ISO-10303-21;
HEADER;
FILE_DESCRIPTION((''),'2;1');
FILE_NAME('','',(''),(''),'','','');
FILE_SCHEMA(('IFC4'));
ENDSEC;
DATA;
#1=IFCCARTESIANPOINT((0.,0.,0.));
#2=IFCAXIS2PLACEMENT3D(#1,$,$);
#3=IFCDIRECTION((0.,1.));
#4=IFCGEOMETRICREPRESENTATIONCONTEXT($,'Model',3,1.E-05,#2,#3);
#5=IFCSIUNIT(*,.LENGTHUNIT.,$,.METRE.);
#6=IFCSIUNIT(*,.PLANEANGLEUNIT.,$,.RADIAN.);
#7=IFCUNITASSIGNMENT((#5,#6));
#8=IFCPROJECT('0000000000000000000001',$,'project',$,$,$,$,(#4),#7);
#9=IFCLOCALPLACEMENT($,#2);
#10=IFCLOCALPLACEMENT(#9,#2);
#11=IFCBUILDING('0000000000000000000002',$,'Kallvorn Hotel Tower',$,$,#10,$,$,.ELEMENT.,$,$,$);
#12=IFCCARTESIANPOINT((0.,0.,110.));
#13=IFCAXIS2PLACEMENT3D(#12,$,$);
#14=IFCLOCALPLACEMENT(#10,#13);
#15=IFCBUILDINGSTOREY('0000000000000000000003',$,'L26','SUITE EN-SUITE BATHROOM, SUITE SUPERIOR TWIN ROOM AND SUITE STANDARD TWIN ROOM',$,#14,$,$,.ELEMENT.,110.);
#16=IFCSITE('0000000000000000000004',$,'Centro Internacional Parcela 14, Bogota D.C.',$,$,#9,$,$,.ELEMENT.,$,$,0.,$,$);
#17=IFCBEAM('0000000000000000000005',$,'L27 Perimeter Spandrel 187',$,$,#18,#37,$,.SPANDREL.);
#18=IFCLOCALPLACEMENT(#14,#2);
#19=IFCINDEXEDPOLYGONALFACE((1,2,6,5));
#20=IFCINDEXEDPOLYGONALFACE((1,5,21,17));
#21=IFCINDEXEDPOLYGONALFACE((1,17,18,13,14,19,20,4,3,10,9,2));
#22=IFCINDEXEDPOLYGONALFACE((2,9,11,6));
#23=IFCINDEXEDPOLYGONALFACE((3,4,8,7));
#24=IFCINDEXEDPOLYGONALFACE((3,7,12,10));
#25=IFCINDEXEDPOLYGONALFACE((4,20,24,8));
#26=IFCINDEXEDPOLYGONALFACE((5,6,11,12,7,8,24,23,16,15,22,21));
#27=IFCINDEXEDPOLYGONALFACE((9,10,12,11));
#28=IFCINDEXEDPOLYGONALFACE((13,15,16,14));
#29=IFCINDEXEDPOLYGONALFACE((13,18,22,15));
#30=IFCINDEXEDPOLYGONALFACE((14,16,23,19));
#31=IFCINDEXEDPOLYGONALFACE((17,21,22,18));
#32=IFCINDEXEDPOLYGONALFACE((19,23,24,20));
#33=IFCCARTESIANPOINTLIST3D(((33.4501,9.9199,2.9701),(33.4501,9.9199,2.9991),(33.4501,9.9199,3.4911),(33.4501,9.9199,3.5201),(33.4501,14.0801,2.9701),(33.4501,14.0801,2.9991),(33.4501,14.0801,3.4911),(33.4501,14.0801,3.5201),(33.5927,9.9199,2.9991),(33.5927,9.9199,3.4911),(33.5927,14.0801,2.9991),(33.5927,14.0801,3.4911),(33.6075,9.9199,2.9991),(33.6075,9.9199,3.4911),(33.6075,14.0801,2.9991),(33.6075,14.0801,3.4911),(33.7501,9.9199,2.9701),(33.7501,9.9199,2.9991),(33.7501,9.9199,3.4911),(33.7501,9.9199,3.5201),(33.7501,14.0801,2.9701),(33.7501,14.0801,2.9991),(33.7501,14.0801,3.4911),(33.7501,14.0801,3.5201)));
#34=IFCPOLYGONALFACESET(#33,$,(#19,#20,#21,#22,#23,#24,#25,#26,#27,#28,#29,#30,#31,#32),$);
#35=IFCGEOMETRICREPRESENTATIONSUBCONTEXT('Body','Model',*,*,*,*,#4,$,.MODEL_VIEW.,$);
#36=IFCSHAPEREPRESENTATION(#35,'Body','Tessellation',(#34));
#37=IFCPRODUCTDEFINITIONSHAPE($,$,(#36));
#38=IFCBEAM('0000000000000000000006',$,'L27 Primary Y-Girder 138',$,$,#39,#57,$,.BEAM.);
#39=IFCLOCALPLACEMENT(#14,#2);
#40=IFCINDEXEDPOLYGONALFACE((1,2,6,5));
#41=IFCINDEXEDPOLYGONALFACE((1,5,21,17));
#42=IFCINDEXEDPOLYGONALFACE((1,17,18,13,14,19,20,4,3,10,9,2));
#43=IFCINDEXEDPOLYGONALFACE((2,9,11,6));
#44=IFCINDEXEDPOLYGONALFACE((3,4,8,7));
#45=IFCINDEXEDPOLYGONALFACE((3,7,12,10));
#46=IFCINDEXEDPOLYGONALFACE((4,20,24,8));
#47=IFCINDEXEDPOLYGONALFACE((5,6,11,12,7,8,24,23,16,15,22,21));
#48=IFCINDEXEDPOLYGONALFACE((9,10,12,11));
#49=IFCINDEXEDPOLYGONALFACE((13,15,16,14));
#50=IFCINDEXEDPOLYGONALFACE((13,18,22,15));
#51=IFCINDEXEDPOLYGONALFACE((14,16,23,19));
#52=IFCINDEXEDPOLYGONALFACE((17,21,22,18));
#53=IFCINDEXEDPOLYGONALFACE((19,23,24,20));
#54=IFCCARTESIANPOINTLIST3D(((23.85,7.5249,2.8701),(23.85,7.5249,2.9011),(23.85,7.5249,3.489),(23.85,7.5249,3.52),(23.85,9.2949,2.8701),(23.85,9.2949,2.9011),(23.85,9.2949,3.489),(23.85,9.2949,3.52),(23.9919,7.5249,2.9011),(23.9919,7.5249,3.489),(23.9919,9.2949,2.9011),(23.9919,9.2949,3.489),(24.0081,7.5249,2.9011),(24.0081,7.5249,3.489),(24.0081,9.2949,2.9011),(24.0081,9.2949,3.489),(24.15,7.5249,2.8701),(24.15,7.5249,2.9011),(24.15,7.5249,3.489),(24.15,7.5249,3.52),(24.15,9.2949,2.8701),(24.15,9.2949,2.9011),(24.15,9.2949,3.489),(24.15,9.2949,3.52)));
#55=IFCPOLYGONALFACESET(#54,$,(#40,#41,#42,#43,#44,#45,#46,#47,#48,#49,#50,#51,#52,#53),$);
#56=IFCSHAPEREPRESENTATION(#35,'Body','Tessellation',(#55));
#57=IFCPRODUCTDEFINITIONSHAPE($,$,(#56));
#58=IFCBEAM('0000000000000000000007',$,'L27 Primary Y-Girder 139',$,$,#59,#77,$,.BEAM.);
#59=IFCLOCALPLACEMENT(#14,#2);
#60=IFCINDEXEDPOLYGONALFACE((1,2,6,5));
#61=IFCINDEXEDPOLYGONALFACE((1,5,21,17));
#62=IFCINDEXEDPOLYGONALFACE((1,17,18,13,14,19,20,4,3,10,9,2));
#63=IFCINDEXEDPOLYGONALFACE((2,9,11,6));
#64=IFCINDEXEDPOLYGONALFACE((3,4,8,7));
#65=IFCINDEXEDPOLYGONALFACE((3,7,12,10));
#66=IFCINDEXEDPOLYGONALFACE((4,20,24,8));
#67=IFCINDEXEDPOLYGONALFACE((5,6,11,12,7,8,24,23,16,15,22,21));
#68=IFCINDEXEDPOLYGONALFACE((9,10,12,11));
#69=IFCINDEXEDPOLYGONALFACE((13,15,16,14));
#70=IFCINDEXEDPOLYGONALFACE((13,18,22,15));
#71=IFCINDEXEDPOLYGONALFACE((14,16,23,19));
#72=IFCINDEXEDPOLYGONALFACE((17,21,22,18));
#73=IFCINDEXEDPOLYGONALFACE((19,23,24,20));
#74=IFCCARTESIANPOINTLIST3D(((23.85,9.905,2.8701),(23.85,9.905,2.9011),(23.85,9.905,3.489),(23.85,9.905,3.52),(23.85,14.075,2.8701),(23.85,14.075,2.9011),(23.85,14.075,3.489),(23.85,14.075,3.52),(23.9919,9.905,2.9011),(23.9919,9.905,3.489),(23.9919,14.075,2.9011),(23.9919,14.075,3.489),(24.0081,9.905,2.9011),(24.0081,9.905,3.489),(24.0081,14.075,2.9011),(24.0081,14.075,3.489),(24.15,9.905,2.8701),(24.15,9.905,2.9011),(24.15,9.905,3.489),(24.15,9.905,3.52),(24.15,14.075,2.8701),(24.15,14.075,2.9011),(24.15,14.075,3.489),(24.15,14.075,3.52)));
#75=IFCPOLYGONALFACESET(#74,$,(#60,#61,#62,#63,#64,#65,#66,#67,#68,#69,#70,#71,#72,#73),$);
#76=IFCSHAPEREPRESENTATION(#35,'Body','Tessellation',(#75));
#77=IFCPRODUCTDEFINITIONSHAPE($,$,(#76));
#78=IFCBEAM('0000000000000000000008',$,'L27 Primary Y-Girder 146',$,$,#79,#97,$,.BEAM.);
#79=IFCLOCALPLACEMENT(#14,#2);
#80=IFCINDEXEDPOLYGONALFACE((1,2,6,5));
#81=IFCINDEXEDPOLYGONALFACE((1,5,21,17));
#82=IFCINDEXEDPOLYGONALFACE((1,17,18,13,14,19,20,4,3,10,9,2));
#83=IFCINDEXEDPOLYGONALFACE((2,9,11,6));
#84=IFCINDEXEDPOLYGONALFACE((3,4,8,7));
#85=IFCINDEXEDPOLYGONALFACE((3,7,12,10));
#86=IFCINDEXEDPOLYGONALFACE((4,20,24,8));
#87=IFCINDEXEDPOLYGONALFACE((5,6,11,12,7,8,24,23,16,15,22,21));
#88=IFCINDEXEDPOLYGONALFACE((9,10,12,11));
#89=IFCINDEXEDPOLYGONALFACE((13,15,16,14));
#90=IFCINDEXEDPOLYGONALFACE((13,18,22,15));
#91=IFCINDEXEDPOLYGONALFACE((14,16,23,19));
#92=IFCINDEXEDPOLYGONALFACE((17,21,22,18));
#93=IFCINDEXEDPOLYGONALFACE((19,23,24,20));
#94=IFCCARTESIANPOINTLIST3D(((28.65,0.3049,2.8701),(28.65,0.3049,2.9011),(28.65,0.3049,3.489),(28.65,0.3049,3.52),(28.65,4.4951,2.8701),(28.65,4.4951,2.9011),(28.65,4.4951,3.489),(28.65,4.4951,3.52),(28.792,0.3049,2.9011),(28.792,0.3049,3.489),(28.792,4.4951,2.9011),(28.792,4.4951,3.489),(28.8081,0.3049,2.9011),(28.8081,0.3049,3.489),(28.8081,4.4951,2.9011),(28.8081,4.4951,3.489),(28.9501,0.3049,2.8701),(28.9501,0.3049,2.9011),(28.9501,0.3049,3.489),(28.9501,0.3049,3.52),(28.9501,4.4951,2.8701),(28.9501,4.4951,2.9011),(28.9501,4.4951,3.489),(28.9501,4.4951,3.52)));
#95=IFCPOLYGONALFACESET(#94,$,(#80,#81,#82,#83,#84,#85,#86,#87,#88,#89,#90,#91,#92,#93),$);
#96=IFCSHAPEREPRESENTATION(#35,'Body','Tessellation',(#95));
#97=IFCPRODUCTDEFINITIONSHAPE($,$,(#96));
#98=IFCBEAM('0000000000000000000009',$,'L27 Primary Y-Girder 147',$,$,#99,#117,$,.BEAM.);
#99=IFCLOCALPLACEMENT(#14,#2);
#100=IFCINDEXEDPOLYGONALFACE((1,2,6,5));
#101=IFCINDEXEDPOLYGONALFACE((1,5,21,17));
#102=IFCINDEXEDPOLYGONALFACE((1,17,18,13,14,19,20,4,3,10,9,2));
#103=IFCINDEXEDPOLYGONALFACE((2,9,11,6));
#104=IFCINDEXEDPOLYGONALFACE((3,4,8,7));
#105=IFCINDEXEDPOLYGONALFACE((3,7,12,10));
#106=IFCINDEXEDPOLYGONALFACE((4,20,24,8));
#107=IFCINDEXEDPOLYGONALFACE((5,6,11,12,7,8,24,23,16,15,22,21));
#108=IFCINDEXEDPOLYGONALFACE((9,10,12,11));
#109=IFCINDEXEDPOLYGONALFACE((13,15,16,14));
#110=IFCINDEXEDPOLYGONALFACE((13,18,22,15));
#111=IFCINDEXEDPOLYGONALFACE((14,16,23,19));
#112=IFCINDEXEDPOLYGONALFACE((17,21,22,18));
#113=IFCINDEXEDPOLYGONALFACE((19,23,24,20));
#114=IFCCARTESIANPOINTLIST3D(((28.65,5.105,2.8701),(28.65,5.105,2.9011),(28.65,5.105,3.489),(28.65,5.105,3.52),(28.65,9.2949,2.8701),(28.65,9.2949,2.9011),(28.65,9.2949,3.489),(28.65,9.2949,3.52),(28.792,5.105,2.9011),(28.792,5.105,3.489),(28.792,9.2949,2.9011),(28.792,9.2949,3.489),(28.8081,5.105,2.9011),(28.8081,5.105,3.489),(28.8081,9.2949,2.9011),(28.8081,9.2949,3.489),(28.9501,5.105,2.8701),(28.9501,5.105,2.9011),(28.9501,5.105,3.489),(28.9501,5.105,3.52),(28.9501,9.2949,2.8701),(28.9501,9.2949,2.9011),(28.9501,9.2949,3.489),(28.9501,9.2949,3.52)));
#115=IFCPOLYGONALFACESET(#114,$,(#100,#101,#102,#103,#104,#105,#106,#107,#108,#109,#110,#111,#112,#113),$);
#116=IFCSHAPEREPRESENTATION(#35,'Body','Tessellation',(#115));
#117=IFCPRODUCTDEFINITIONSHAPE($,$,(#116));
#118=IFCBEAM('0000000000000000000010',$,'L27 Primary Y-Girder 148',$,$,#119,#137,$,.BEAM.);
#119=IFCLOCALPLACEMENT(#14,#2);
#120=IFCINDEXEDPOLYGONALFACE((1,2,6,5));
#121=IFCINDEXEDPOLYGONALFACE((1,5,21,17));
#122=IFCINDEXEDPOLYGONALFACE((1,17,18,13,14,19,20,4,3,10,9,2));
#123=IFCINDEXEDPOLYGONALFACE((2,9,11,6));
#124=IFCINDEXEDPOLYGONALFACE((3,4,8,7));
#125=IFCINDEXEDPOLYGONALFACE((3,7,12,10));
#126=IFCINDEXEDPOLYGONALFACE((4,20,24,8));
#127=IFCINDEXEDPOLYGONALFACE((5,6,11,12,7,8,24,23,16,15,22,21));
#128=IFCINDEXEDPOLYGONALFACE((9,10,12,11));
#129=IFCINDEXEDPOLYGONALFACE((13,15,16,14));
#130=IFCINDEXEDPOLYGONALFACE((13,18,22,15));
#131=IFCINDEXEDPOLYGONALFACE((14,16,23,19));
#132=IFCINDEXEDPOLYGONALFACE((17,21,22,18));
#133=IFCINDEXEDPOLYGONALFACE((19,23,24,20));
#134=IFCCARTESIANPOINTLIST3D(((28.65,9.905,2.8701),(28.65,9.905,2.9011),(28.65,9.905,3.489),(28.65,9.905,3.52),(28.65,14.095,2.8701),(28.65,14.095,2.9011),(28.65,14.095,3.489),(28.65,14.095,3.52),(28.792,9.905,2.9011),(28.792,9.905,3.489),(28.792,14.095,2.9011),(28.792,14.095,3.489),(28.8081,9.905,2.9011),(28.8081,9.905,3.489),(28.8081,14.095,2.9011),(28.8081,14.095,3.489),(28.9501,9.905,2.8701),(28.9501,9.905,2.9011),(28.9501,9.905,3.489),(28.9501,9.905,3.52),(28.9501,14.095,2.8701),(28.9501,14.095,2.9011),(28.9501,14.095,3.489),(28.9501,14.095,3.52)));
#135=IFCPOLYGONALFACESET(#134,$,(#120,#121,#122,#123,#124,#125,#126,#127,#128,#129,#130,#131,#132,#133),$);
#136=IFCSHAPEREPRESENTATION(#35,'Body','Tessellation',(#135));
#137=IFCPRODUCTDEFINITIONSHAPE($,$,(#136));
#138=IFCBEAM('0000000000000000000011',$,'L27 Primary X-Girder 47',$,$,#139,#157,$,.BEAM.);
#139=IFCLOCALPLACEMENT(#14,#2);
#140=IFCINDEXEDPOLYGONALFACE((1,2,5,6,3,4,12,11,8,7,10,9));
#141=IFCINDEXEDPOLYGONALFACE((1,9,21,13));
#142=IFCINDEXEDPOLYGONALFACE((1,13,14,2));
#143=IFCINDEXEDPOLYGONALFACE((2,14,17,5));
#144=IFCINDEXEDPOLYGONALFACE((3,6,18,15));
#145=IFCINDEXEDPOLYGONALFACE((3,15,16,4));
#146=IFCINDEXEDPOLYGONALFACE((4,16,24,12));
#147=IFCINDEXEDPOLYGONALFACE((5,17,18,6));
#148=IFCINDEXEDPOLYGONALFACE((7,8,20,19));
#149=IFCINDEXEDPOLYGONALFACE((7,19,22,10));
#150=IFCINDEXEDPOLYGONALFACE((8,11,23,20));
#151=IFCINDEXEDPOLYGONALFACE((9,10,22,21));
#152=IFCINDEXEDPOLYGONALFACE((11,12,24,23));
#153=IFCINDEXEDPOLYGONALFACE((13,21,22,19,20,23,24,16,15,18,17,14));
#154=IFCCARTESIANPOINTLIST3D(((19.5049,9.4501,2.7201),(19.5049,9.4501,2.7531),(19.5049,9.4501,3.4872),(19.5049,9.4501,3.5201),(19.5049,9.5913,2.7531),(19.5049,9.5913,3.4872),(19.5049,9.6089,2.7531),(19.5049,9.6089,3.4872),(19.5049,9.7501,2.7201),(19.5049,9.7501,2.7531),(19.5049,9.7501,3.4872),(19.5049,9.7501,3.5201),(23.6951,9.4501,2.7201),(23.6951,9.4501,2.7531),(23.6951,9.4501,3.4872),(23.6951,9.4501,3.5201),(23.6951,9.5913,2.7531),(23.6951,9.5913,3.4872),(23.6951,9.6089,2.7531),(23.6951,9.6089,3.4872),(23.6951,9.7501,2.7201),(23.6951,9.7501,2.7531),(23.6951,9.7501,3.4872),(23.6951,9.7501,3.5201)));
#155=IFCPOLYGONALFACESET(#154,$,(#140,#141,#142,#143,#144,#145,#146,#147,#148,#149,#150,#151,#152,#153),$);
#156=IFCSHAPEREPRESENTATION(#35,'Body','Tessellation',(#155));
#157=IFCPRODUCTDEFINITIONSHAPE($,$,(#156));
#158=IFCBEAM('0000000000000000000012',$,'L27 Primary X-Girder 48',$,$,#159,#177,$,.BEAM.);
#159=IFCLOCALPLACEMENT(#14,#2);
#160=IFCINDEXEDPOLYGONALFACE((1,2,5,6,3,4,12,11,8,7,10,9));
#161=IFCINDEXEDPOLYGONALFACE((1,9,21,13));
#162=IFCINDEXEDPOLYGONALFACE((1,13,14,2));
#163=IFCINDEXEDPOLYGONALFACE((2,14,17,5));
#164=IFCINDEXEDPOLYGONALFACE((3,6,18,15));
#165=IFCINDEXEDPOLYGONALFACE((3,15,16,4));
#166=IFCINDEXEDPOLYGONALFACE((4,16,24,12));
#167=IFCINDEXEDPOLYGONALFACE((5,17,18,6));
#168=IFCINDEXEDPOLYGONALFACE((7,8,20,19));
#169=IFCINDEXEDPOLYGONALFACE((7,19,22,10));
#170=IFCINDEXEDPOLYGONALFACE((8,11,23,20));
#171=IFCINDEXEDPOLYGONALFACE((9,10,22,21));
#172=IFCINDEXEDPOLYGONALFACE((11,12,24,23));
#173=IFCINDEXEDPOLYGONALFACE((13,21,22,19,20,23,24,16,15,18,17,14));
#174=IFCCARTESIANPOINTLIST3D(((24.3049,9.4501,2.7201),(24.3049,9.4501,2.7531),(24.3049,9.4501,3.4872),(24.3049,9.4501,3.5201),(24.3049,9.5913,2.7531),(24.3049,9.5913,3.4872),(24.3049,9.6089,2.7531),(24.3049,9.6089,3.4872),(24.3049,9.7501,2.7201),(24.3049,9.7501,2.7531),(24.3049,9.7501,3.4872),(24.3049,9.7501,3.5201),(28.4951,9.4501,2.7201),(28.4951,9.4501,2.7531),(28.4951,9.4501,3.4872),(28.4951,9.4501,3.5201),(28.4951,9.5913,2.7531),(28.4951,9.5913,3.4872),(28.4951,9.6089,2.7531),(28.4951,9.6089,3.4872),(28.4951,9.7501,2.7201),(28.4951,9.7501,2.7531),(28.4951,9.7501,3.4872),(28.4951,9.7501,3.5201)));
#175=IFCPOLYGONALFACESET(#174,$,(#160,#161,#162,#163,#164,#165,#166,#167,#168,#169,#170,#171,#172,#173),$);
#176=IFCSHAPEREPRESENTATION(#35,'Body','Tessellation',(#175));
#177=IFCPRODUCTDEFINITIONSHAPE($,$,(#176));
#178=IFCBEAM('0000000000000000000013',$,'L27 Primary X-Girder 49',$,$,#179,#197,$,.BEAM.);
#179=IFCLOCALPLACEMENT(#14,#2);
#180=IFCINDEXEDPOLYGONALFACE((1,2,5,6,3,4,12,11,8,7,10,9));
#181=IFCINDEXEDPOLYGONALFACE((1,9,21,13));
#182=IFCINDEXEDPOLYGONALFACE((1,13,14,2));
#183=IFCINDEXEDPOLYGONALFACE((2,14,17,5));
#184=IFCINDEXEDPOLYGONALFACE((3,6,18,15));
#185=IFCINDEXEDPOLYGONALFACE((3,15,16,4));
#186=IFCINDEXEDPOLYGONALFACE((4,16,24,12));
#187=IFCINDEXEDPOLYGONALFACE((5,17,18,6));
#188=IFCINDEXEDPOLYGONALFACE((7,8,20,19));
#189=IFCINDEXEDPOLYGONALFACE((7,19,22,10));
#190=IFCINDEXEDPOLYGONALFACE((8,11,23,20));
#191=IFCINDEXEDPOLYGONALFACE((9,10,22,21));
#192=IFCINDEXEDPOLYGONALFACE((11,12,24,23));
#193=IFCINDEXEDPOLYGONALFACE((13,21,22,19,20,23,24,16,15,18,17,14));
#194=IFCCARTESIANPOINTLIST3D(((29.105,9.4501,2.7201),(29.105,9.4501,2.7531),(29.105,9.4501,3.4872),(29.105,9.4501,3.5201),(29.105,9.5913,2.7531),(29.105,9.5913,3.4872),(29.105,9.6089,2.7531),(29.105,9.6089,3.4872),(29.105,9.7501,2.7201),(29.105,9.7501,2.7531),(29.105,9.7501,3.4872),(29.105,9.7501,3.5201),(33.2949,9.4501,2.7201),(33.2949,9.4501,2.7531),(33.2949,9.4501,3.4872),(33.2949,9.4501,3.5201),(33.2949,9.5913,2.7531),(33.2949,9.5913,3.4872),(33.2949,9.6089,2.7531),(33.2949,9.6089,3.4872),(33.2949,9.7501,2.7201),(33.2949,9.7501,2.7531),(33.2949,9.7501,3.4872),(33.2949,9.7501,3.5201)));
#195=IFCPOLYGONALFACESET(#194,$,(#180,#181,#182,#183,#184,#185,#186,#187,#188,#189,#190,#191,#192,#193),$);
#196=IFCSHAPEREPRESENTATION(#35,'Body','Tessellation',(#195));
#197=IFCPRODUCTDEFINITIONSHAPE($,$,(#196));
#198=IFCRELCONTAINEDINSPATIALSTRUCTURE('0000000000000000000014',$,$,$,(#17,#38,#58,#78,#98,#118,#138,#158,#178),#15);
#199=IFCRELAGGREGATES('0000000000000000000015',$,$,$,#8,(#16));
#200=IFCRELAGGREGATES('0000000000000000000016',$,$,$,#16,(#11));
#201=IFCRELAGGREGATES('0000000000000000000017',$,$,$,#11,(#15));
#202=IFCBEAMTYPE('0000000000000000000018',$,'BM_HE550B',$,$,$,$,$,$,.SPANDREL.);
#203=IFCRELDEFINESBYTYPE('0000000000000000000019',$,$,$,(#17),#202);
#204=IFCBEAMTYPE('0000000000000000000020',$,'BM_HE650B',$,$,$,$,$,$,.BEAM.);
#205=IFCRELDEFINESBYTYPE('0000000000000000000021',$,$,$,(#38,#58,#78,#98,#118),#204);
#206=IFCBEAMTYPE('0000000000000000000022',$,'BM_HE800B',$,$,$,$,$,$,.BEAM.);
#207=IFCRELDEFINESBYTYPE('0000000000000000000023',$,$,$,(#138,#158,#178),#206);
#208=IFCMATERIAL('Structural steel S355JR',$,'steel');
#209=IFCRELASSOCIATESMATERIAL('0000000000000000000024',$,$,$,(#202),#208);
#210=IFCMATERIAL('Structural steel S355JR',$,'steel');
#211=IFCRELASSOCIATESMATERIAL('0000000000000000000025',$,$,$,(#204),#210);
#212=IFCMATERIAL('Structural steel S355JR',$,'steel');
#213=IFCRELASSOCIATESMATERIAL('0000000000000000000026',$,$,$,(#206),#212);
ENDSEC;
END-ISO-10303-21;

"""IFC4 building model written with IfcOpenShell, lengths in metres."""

from ifc_helpers import new_model, si_unit, direction, frame, origin, origin_2d, place, context, subcontext, project, spatial, i_section, extrude, material, material_profile, profile_set, type_object, element, save


model = new_model("IFC4")

# Units and contexts
model_context = context("Model", 3, precision=1e-05, world=origin(), true_north=direction((0.0, 1.0)))
body_context = subcontext(model_context, "Body", "Model", "MODEL_VIEW")
ifc_project = project(units=[si_unit("LENGTHUNIT", "METRE"), si_unit("PLANEANGLEUNIT", "RADIAN")], contexts=[model_context])

# Site, building, storey
site_placement = place(None, origin())
site = spatial("IfcSite", under=ifc_project, at=site_placement, Name="Centro Internacional Parcela 14, Bogota D.C.", CompositionType="ELEMENT", RefElevation=0.0)
building_placement = place(site_placement, origin())
building = spatial("IfcBuilding", under=site, at=building_placement, Name="Kallvorn Hotel Tower", CompositionType="ELEMENT")
storey_placement = place(building_placement, frame((0.0, 0.0, 110.0)))
storey = spatial("IfcBuildingStorey", under=building, at=storey_placement, Name="L26", Description="SUITE EN-SUITE BATHROOM, SUITE SUPERIOR TWIN ROOM AND SUITE STANDARD TWIN ROOM", CompositionType="ELEMENT", Elevation=110.0)

# Beams
ifc_material_1 = material(Name="Structural steel S355JR", Category="steel")
ifc_material_profile_1 = material_profile(ifc_material_1, i_section(OverallWidth=0.3, OverallDepth=0.55, WebThickness=0.0149, FlangeThickness=0.0291, at=origin_2d()), Name="HE 550 B")
ifc_profile_set_1 = profile_set([ifc_material_profile_1], Name="Structural steel S355JR")
beam_type_1 = type_object("IfcBeamType", Name="BM_HE550B", PredefinedType="SPANDREL", material=ifc_profile_set_1)
beam_1_placement = place(storey_placement, frame((33.6001, 9.9199, 3.2451), z_axis=(0.0, 1.0, 0.0), x_axis=(-1.0, 0.0, 0.0)))
element("IfcBeam", 1, at=beam_1_placement, inside=storey, type_object=beam_type_1, Name="L27 Perimeter Spandrel 187", PredefinedType="SPANDREL", context=body_context, shape_type="SweptSolid", body=[
    extrude(i_section(OverallWidth=0.3, OverallDepth=0.55, WebThickness=0.0149, FlangeThickness=0.0291, at=origin_2d()), origin(), (0.0, 0.0, 1.0), 4.1602),
])
ifc_material_2 = material(Name="Structural steel S355JR", Category="steel")
ifc_material_profile_2 = material_profile(ifc_material_2, i_section(OverallWidth=0.3, OverallDepth=0.6499, WebThickness=0.0161, FlangeThickness=0.031, at=origin_2d()), Name="HE 650 B")
ifc_profile_set_2 = profile_set([ifc_material_profile_2], Name="Structural steel S355JR")
beam_type_2 = type_object("IfcBeamType", Name="BM_HE650B", PredefinedType="BEAM", material=ifc_profile_set_2)
beam_2_placement = place(storey_placement, frame((24.0, 7.5249, 3.1951), z_axis=(0.0, 1.0, 0.0), x_axis=(-1.0, 0.0, 0.0)))
element("IfcBeam", 2, at=beam_2_placement, inside=storey, type_object=beam_type_2, Name="L27 Primary Y-Girder 138", PredefinedType="BEAM", context=body_context, shape_type="SweptSolid", body=[
    extrude(i_section(OverallWidth=0.3, OverallDepth=0.6499, WebThickness=0.0161, FlangeThickness=0.031, at=origin_2d()), origin(), (0.0, 0.0, 1.0), 1.77),
])
beam_3_placement = place(storey_placement, frame((24.0, 9.905, 3.1951), z_axis=(0.0, 1.0, 0.0), x_axis=(-1.0, 0.0, 0.0)))
element("IfcBeam", 3, at=beam_3_placement, inside=storey, type_object=beam_type_2, Name="L27 Primary Y-Girder 139", PredefinedType="BEAM", context=body_context, shape_type="SweptSolid", body=[
    extrude(i_section(OverallWidth=0.3, OverallDepth=0.6499, WebThickness=0.0161, FlangeThickness=0.031, at=origin_2d()), origin(), (0.0, 0.0, 1.0), 4.1699),
])
beam_4_placement = place(storey_placement, frame((28.8, 0.3049, 3.1951), z_axis=(0.0, 1.0, 0.0), x_axis=(-1.0, 0.0, 0.0)))
element("IfcBeam", 4, at=beam_4_placement, inside=storey, type_object=beam_type_2, Name="L27 Primary Y-Girder 146", PredefinedType="BEAM", context=body_context, shape_type="SweptSolid", body=[
    extrude(i_section(OverallWidth=0.3, OverallDepth=0.6499, WebThickness=0.0161, FlangeThickness=0.031, at=origin_2d()), origin(), (0.0, 0.0, 1.0), 4.1902),
])
for number, where, z_axis, x_axis, name in (
    (5, (28.8, 5.105, 3.1951), (0.0, 1.0, 0.0), (-1.0, 0.0, 0.0), "L27 Primary Y-Girder 147"),
    (6, (28.8, 9.905, 3.1951), (0.0, 1.0, 0.0), (-1.0, 0.0, 0.0), "L27 Primary Y-Girder 148"),
):
    element("IfcBeam", number, at=place(storey_placement, frame(where, z_axis=z_axis, x_axis=x_axis)), inside=storey, type_object=beam_type_2, Name=name, PredefinedType="BEAM", context=body_context, shape_type="SweptSolid", body=[
        extrude(i_section(OverallWidth=0.3, OverallDepth=0.6499, WebThickness=0.0161, FlangeThickness=0.031, at=origin_2d()), origin(), (0.0, 0.0, 1.0), 4.1899),
    ])
ifc_material_3 = material(Name="Structural steel S355JR", Category="steel")
ifc_material_profile_3 = material_profile(ifc_material_3, i_section(OverallWidth=0.3, OverallDepth=0.8, WebThickness=0.0176, FlangeThickness=0.033, at=origin_2d()), Name="HE 800 B")
ifc_profile_set_3 = profile_set([ifc_material_profile_3], Name="Structural steel S355JR")
beam_type_3 = type_object("IfcBeamType", Name="BM_HE800B", PredefinedType="BEAM", material=ifc_profile_set_3)
for number, where, z_axis, x_axis, name in (
    (7, (19.5049, 9.6001, 3.1201), (1.0, 0.0, 0.0), (0.0, 1.0, 0.0), "L27 Primary X-Girder 47"),
    (8, (24.3049, 9.6001, 3.1201), (1.0, 0.0, 0.0), (0.0, 1.0, 0.0), "L27 Primary X-Girder 48"),
):
    element("IfcBeam", number, at=place(storey_placement, frame(where, z_axis=z_axis, x_axis=x_axis)), inside=storey, type_object=beam_type_3, Name=name, PredefinedType="BEAM", context=body_context, shape_type="SweptSolid", body=[
        extrude(i_section(OverallWidth=0.3, OverallDepth=0.8, WebThickness=0.0176, FlangeThickness=0.033, at=origin_2d()), origin(), (0.0, 0.0, 1.0), 4.1902),
    ])
beam_5_placement = place(storey_placement, frame((29.105, 9.6001, 3.1201), z_axis=(1.0, 0.0, 0.0), x_axis=(0.0, 1.0, 0.0)))
element("IfcBeam", 9, at=beam_5_placement, inside=storey, type_object=beam_type_3, Name="L27 Primary X-Girder 49", PredefinedType="BEAM", context=body_context, shape_type="SweptSolid", body=[
    extrude(i_section(OverallWidth=0.3, OverallDepth=0.8, WebThickness=0.0176, FlangeThickness=0.033, at=origin_2d()), origin(), (0.0, 0.0, 1.0), 4.1899),
])

save(model, "model.ifc")
